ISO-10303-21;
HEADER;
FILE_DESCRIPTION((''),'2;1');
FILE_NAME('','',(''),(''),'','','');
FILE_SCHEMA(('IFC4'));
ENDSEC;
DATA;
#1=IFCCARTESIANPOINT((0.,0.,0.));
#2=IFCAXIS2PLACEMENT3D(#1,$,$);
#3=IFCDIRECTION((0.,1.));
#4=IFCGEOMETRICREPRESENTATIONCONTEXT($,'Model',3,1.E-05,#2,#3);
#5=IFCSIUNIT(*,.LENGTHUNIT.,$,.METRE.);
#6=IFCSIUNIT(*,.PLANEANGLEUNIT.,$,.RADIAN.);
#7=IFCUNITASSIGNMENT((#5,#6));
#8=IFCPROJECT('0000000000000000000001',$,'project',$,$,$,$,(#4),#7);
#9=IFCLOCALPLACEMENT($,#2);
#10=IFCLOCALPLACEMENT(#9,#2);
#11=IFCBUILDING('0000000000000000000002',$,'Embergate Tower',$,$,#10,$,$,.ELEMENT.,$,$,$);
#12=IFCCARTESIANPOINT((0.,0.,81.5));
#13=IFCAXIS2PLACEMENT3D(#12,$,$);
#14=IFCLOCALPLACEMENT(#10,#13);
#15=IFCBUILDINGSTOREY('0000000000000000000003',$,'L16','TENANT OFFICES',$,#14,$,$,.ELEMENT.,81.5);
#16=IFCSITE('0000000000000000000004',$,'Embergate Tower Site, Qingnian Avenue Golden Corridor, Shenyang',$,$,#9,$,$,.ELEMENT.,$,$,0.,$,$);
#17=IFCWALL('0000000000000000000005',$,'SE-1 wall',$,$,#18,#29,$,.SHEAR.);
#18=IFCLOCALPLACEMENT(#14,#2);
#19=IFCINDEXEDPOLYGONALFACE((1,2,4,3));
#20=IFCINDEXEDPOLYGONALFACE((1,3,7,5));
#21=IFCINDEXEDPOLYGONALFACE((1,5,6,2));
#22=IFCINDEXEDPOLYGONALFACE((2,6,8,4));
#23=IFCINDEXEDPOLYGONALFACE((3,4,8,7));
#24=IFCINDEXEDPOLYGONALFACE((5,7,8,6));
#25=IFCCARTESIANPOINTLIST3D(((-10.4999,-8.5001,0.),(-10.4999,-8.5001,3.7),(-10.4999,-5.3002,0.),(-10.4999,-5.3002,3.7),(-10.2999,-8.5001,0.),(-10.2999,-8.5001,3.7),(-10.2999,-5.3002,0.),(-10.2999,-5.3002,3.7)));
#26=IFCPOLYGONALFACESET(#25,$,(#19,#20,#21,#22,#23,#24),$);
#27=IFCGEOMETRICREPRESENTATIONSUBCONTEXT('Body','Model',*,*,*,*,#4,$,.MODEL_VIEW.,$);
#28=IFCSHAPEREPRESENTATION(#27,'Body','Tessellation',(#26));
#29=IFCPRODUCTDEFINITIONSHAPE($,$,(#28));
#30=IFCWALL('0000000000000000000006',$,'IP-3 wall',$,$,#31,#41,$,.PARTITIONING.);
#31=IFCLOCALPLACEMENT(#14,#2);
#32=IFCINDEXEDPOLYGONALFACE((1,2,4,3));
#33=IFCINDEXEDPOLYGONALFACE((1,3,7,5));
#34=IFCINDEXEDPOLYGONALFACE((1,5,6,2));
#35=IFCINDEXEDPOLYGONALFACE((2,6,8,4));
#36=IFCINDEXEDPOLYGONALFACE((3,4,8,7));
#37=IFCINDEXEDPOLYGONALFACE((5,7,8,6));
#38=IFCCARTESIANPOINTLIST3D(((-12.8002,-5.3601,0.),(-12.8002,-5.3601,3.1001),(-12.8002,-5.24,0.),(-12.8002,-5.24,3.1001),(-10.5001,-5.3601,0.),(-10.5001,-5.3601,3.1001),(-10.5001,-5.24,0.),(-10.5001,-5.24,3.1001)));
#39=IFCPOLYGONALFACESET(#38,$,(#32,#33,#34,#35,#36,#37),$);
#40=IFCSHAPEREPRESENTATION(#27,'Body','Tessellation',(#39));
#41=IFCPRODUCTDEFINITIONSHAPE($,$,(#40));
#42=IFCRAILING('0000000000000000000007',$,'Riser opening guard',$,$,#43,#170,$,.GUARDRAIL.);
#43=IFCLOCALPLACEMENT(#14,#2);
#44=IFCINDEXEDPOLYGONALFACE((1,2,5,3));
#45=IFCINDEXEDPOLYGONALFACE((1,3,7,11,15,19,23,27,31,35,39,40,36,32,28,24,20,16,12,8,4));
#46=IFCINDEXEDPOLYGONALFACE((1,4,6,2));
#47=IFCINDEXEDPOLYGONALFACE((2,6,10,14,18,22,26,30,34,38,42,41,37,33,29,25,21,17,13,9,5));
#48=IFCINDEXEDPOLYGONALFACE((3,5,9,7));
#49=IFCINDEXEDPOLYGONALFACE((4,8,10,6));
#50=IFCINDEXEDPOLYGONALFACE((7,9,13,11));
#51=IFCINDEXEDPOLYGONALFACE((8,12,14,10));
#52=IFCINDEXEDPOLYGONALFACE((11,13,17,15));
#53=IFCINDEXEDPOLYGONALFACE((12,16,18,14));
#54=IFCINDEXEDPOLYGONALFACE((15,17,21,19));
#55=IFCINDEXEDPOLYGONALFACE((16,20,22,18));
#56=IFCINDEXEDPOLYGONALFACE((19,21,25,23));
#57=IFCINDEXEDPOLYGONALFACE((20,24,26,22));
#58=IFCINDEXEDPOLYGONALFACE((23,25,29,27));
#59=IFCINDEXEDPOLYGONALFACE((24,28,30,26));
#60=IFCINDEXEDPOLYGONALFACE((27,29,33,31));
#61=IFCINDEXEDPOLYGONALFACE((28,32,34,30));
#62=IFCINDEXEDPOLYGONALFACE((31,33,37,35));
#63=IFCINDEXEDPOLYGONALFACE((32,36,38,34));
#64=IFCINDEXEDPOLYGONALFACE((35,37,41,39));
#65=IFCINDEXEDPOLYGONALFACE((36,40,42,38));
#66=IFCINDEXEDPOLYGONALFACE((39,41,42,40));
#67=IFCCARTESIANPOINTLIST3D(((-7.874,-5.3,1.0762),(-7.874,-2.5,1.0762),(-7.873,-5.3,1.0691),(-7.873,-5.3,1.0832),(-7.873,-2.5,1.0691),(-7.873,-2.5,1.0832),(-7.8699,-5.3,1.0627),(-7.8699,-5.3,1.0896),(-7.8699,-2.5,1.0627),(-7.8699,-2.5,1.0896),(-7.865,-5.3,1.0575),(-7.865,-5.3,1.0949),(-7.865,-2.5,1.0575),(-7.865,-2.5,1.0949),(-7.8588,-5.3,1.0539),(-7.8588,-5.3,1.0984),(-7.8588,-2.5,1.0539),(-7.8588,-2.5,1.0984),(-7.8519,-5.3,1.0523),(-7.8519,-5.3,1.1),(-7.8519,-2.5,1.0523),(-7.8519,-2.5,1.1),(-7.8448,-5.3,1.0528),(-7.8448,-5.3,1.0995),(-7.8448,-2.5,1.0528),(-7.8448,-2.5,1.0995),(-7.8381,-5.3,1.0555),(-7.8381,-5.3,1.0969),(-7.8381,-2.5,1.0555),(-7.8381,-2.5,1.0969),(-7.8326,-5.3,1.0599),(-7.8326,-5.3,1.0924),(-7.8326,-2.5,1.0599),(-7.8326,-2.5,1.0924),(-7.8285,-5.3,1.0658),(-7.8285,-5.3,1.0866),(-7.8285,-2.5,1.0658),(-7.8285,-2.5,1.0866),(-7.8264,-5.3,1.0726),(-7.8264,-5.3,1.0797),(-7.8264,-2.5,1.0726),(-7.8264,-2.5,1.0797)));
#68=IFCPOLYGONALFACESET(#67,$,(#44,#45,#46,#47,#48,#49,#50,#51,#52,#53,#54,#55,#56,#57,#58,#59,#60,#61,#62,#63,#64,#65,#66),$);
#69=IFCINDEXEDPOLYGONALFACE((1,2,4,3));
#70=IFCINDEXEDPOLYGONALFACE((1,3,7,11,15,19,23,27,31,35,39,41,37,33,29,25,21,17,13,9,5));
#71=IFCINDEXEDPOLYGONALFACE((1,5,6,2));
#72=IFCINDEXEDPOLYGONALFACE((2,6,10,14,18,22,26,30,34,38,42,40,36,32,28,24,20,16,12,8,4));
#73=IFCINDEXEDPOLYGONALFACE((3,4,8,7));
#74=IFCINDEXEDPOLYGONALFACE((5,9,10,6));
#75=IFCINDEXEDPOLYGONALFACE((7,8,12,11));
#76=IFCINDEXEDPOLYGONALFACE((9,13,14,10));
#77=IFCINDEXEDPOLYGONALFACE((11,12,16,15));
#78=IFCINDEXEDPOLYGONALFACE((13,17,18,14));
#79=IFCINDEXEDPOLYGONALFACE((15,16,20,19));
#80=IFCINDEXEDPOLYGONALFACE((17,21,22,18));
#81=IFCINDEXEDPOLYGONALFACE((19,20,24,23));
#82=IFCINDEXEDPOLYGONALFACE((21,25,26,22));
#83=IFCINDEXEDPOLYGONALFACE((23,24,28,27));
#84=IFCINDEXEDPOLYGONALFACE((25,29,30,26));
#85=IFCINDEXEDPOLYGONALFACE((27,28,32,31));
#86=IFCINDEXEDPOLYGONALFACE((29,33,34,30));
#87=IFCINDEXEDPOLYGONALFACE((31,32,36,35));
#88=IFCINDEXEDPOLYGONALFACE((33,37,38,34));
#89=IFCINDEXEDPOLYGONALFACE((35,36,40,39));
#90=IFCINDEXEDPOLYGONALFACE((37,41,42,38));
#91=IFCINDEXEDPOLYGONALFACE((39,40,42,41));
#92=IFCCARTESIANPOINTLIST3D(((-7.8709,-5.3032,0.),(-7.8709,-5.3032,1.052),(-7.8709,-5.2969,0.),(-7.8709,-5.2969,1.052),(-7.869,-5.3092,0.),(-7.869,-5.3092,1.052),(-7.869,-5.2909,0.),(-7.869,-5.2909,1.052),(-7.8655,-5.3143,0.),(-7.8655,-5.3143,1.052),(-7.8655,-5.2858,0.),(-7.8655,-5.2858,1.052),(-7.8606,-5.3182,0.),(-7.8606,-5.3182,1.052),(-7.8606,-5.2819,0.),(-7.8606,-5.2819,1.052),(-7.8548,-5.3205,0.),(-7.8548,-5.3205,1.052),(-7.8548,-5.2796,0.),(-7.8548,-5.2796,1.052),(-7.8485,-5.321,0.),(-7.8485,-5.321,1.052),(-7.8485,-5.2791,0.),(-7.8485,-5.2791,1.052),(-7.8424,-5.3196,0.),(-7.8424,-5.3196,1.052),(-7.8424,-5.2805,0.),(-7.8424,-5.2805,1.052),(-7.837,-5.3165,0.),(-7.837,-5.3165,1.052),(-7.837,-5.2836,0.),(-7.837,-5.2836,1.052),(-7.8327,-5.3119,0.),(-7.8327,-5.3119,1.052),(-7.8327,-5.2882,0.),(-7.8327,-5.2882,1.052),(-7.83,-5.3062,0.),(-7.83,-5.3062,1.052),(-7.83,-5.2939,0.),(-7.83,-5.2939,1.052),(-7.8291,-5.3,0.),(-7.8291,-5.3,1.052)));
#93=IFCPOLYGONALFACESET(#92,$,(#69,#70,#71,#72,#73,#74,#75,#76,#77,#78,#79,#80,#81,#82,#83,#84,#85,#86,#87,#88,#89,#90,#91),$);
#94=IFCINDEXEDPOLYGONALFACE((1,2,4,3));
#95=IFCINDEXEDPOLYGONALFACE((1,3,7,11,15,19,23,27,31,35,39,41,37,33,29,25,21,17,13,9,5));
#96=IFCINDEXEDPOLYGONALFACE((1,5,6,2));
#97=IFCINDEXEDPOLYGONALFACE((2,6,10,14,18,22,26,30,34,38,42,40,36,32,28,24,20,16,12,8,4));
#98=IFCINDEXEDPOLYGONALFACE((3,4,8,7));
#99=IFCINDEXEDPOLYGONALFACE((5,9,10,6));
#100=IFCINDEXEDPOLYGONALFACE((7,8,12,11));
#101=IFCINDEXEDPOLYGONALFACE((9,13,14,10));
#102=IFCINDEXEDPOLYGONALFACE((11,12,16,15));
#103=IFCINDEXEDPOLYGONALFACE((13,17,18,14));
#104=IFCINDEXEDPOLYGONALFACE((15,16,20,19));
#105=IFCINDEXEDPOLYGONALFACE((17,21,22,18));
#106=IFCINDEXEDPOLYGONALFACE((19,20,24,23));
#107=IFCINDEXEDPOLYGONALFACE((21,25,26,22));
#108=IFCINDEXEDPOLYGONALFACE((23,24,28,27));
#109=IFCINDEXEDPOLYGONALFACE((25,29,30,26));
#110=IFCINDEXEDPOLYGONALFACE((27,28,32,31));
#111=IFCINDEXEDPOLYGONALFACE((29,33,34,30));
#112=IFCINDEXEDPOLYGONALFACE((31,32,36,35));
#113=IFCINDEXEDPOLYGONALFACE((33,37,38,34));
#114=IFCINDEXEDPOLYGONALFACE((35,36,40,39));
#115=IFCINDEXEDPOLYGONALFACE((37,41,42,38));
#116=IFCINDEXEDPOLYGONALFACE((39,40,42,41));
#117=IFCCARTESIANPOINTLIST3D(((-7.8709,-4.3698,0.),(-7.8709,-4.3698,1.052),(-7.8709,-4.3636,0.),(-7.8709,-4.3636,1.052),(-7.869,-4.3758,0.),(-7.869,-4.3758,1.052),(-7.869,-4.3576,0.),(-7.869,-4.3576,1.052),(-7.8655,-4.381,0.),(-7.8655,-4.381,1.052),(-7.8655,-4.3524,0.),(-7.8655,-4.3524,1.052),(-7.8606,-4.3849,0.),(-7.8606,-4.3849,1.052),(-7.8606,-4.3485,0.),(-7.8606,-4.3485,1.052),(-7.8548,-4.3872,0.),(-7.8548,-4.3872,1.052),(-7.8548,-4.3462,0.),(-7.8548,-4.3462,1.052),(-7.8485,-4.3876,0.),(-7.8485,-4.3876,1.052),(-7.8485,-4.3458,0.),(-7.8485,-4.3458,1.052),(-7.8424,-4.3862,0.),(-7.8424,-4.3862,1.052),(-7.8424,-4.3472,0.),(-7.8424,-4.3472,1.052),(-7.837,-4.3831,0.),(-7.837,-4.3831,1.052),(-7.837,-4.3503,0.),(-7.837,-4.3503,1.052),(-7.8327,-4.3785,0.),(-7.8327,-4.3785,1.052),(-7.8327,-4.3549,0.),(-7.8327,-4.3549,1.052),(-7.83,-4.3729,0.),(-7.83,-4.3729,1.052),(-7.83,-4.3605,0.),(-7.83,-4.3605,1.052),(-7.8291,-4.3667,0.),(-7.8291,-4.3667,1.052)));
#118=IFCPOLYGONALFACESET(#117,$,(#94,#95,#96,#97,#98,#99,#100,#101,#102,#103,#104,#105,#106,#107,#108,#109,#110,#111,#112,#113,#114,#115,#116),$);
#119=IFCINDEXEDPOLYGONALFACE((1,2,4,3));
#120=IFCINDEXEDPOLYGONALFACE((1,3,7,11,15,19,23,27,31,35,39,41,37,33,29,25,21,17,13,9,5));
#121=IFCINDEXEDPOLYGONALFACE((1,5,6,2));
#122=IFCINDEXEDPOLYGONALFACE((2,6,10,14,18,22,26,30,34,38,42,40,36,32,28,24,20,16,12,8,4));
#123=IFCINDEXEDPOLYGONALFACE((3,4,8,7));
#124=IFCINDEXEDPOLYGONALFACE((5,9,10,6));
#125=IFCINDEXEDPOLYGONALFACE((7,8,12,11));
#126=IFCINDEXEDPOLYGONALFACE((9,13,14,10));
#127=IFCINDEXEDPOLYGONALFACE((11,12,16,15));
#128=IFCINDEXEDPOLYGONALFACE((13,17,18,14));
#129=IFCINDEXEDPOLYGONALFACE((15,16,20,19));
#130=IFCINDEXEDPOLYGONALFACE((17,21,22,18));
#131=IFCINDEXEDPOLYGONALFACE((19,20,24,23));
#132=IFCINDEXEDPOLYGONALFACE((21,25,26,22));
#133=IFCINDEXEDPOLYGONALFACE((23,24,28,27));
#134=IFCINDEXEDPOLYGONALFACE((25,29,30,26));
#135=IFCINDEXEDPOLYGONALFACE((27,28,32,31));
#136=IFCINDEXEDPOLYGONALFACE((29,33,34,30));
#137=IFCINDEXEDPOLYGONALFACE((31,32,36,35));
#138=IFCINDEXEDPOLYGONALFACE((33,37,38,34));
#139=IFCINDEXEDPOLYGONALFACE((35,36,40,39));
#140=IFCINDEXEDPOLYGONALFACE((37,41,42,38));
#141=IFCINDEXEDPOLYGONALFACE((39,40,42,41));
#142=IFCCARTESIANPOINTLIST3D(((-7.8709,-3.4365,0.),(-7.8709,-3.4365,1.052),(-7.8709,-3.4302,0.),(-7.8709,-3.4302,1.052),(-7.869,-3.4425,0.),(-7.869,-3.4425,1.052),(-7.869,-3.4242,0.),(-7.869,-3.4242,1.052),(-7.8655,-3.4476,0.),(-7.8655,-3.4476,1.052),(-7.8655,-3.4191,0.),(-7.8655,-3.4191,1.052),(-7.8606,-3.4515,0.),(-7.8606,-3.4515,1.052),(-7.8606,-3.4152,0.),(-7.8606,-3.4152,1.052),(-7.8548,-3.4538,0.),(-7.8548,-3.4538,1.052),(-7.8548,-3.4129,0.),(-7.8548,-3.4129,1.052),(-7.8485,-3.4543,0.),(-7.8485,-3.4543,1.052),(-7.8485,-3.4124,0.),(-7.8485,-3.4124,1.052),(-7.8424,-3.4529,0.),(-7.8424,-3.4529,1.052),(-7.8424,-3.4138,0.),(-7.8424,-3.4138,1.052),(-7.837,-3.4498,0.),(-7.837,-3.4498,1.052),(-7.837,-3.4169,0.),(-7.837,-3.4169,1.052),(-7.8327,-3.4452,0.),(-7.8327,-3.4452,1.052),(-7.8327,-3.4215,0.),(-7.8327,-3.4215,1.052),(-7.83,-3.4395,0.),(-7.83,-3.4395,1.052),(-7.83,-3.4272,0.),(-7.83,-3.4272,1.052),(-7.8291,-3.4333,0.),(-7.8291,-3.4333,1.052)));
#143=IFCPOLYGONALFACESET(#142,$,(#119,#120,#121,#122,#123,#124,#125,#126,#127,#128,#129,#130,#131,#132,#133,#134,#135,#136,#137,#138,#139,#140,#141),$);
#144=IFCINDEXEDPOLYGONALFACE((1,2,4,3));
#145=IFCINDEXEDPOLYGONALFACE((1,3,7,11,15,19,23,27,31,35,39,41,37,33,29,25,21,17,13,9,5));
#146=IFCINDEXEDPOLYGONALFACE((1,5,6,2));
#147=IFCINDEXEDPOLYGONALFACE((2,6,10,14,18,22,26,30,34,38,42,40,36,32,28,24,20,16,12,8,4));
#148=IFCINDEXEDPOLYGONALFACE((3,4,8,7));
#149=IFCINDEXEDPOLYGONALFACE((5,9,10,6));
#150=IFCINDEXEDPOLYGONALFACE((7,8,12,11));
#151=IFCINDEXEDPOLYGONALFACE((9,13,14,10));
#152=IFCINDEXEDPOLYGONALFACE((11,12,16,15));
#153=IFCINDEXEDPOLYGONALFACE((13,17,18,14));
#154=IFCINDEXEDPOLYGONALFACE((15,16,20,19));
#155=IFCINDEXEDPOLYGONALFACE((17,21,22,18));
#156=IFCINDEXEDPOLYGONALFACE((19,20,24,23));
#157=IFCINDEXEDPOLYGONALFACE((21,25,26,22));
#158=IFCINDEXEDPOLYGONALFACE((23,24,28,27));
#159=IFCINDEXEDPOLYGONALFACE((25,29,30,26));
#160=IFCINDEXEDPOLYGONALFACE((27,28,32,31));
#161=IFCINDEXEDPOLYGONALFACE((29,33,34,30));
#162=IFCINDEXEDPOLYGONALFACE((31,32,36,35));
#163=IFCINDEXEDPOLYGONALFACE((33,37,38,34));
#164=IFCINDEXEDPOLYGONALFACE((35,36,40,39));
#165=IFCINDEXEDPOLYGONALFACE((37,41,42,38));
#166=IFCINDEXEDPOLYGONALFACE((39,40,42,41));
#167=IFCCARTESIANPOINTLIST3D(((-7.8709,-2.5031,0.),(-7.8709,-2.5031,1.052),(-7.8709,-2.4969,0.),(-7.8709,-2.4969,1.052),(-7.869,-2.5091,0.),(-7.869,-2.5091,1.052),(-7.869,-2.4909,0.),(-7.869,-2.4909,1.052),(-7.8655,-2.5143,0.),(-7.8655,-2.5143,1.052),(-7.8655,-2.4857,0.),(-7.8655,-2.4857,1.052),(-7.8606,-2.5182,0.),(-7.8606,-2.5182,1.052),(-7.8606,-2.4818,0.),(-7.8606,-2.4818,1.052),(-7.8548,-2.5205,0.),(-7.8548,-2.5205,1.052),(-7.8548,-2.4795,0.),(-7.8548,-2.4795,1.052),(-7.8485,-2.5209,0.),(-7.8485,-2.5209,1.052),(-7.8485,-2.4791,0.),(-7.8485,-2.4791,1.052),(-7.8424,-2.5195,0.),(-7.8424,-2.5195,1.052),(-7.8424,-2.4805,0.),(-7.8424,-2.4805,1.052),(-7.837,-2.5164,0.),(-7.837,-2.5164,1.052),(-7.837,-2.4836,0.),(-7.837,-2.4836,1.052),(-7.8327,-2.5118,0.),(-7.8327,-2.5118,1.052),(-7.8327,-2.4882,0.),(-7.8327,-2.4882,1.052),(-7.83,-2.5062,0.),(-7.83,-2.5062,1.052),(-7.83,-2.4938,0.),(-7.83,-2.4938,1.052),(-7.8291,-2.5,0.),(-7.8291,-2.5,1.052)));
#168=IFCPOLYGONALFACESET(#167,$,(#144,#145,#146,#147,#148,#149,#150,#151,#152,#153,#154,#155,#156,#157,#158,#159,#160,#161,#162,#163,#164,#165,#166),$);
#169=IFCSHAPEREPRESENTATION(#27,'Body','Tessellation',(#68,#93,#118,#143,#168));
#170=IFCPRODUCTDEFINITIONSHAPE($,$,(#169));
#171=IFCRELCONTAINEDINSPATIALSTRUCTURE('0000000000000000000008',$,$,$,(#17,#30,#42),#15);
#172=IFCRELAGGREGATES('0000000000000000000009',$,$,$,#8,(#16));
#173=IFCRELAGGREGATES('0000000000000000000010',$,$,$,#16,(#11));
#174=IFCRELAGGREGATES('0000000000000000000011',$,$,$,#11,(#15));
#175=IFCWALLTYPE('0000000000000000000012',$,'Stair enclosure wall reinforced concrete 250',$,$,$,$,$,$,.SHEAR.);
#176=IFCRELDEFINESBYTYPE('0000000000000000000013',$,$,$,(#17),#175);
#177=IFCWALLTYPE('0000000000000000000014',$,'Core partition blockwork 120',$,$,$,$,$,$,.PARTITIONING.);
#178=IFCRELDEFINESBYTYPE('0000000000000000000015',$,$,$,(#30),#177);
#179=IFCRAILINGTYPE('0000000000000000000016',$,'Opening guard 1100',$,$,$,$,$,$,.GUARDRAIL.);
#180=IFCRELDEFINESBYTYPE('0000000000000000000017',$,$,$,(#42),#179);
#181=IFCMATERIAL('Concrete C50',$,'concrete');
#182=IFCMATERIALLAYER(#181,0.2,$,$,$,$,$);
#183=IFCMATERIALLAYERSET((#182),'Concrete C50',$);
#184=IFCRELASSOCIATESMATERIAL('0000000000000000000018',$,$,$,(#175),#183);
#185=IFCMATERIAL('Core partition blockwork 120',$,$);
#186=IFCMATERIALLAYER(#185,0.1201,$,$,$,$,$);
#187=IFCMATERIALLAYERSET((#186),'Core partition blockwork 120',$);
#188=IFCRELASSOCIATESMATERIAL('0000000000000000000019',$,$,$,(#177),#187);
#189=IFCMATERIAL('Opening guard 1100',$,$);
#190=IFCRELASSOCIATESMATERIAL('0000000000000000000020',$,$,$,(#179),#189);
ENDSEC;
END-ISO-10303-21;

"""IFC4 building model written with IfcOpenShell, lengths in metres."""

from ifc_helpers import new_model, si_unit, direction, frame, frame_2d, origin, origin_2d, place, context, subcontext, project, spatial, rectangle, circle, extrude, source, transform, mapped, material, layer, layer_set, type_object, element, save


model = new_model("IFC4")

# Units and contexts
model_context = context("Model", 3, precision=1e-05, world=origin(), true_north=direction((0.0, 1.0)))
body_context = subcontext(model_context, "Body", "Model", "MODEL_VIEW")
ifc_project = project(units=[si_unit("LENGTHUNIT", "METRE"), si_unit("PLANEANGLEUNIT", "RADIAN")], contexts=[model_context])

# Site, building, storey
site_placement = place(None, origin())
site = spatial("IfcSite", under=ifc_project, at=site_placement, Name="Embergate Tower Site, Qingnian Avenue Golden Corridor, Shenyang", CompositionType="ELEMENT", RefElevation=0.0)
building_placement = place(site_placement, origin())
building = spatial("IfcBuilding", under=site, at=building_placement, Name="Embergate Tower", CompositionType="ELEMENT")
storey_placement = place(building_placement, frame((0.0, 0.0, 81.5)))
storey = spatial("IfcBuildingStorey", under=building, at=storey_placement, Name="L16", Description="TENANT OFFICES", CompositionType="ELEMENT", Elevation=81.5)

# Shared definitions
ifc_material_1 = material(Name="Concrete C50", Category="concrete")
ifc_layer_1 = layer(ifc_material_1, 0.2)
ifc_layer_set_1 = layer_set([ifc_layer_1], Name="Concrete C50")
wall_type_1 = type_object("IfcWallType", Name="Stair enclosure wall reinforced concrete 250", PredefinedType="SHEAR", material=ifc_layer_set_1)

# Shared definitions
ifc_material_2 = material(Name="Core partition blockwork 120")
ifc_layer_2 = layer(ifc_material_2, 0.1201)
ifc_layer_set_2 = layer_set([ifc_layer_2], Name="Core partition blockwork 120")
wall_type_2 = type_object("IfcWallType", Name="Core partition blockwork 120", PredefinedType="PARTITIONING", material=ifc_layer_set_2)

# Walls
shared_shape_1 = source(origin(), body_context, "Body", "SweptSolid", [
    extrude(rectangle(XDim=3.2, YDim=0.2, at=frame_2d((1.6001, 0.0))), origin(), (0.0, 0.0, 1.0), 3.7),
])
wall_1_placement = place(storey_placement, frame((-10.3999, -5.3, 0.0), z_axis=(0.0, 0.0, 1.0), x_axis=(0.0, -1.0, 0.0)))
element("IfcWall", 1, at=wall_1_placement, inside=storey, type_object=wall_type_1, Name="SE-1 wall", PredefinedType="SHEAR", context=body_context, shape_type="MappedRepresentation", body=[
    mapped(shared_shape_1, transform((0.0, 0.0, 0.0))),
])
shared_shape_2 = source(origin(), body_context, "Body", "SweptSolid", [
    extrude(rectangle(XDim=2.3, YDim=0.1201, at=frame_2d((1.1499, 0.0))), origin(), (0.0, 0.0, 1.0), 3.1001),
])
wall_2_placement = place(storey_placement, frame((-12.8, -5.3, 0.0), z_axis=(0.0, 0.0, 1.0), x_axis=(1.0, 0.0, 0.0)))
element("IfcWall", 2, at=wall_2_placement, inside=storey, type_object=wall_type_2, Name="IP-3 wall", PredefinedType="PARTITIONING", context=body_context, shape_type="MappedRepresentation", body=[
    mapped(shared_shape_2, transform((0.0, 0.0, 0.0))),
])

# Railing
ifc_material_3 = material(Name="Opening guard 1100")
railing_type_1 = type_object("IfcRailingType", Name="Opening guard 1100", PredefinedType="GUARDRAIL", material=ifc_material_3)
shared_shape_3 = source(origin(), body_context, "Body", "SweptSolid", [
    extrude(circle(Radius=0.0239, at=origin_2d()), frame((0.0, 0.0, 1.0762), z_axis=(0.0, 1.0, 0.0), x_axis=(-1.0, 0.0, 0.0)), (0.0, 0.0, 1.0), 2.8),
    extrude(circle(Radius=0.021, at=origin_2d()), origin(), (0.0, 0.0, 1.0), 1.052),
    extrude(circle(Radius=0.021, at=origin_2d()), frame((0.0, 0.9333, 0.0)), (0.0, 0.0, 1.0), 1.052),
    extrude(circle(Radius=0.021, at=origin_2d()), frame((0.0, 1.8667, 0.0)), (0.0, 0.0, 1.0), 1.052),
    extrude(circle(Radius=0.021, at=origin_2d()), frame((0.0, 2.8, 0.0)), (0.0, 0.0, 1.0), 1.052),
])
railing_1_placement = place(storey_placement, frame((-7.8501, -5.3, 0.0)))
element("IfcRailing", 3, at=railing_1_placement, inside=storey, type_object=railing_type_1, Name="Riser opening guard", PredefinedType="GUARDRAIL", context=body_context, shape_type="MappedRepresentation", body=[
    mapped(shared_shape_3, transform((0.0, 0.0, 0.0))),
])

save(model, "model.ifc")
